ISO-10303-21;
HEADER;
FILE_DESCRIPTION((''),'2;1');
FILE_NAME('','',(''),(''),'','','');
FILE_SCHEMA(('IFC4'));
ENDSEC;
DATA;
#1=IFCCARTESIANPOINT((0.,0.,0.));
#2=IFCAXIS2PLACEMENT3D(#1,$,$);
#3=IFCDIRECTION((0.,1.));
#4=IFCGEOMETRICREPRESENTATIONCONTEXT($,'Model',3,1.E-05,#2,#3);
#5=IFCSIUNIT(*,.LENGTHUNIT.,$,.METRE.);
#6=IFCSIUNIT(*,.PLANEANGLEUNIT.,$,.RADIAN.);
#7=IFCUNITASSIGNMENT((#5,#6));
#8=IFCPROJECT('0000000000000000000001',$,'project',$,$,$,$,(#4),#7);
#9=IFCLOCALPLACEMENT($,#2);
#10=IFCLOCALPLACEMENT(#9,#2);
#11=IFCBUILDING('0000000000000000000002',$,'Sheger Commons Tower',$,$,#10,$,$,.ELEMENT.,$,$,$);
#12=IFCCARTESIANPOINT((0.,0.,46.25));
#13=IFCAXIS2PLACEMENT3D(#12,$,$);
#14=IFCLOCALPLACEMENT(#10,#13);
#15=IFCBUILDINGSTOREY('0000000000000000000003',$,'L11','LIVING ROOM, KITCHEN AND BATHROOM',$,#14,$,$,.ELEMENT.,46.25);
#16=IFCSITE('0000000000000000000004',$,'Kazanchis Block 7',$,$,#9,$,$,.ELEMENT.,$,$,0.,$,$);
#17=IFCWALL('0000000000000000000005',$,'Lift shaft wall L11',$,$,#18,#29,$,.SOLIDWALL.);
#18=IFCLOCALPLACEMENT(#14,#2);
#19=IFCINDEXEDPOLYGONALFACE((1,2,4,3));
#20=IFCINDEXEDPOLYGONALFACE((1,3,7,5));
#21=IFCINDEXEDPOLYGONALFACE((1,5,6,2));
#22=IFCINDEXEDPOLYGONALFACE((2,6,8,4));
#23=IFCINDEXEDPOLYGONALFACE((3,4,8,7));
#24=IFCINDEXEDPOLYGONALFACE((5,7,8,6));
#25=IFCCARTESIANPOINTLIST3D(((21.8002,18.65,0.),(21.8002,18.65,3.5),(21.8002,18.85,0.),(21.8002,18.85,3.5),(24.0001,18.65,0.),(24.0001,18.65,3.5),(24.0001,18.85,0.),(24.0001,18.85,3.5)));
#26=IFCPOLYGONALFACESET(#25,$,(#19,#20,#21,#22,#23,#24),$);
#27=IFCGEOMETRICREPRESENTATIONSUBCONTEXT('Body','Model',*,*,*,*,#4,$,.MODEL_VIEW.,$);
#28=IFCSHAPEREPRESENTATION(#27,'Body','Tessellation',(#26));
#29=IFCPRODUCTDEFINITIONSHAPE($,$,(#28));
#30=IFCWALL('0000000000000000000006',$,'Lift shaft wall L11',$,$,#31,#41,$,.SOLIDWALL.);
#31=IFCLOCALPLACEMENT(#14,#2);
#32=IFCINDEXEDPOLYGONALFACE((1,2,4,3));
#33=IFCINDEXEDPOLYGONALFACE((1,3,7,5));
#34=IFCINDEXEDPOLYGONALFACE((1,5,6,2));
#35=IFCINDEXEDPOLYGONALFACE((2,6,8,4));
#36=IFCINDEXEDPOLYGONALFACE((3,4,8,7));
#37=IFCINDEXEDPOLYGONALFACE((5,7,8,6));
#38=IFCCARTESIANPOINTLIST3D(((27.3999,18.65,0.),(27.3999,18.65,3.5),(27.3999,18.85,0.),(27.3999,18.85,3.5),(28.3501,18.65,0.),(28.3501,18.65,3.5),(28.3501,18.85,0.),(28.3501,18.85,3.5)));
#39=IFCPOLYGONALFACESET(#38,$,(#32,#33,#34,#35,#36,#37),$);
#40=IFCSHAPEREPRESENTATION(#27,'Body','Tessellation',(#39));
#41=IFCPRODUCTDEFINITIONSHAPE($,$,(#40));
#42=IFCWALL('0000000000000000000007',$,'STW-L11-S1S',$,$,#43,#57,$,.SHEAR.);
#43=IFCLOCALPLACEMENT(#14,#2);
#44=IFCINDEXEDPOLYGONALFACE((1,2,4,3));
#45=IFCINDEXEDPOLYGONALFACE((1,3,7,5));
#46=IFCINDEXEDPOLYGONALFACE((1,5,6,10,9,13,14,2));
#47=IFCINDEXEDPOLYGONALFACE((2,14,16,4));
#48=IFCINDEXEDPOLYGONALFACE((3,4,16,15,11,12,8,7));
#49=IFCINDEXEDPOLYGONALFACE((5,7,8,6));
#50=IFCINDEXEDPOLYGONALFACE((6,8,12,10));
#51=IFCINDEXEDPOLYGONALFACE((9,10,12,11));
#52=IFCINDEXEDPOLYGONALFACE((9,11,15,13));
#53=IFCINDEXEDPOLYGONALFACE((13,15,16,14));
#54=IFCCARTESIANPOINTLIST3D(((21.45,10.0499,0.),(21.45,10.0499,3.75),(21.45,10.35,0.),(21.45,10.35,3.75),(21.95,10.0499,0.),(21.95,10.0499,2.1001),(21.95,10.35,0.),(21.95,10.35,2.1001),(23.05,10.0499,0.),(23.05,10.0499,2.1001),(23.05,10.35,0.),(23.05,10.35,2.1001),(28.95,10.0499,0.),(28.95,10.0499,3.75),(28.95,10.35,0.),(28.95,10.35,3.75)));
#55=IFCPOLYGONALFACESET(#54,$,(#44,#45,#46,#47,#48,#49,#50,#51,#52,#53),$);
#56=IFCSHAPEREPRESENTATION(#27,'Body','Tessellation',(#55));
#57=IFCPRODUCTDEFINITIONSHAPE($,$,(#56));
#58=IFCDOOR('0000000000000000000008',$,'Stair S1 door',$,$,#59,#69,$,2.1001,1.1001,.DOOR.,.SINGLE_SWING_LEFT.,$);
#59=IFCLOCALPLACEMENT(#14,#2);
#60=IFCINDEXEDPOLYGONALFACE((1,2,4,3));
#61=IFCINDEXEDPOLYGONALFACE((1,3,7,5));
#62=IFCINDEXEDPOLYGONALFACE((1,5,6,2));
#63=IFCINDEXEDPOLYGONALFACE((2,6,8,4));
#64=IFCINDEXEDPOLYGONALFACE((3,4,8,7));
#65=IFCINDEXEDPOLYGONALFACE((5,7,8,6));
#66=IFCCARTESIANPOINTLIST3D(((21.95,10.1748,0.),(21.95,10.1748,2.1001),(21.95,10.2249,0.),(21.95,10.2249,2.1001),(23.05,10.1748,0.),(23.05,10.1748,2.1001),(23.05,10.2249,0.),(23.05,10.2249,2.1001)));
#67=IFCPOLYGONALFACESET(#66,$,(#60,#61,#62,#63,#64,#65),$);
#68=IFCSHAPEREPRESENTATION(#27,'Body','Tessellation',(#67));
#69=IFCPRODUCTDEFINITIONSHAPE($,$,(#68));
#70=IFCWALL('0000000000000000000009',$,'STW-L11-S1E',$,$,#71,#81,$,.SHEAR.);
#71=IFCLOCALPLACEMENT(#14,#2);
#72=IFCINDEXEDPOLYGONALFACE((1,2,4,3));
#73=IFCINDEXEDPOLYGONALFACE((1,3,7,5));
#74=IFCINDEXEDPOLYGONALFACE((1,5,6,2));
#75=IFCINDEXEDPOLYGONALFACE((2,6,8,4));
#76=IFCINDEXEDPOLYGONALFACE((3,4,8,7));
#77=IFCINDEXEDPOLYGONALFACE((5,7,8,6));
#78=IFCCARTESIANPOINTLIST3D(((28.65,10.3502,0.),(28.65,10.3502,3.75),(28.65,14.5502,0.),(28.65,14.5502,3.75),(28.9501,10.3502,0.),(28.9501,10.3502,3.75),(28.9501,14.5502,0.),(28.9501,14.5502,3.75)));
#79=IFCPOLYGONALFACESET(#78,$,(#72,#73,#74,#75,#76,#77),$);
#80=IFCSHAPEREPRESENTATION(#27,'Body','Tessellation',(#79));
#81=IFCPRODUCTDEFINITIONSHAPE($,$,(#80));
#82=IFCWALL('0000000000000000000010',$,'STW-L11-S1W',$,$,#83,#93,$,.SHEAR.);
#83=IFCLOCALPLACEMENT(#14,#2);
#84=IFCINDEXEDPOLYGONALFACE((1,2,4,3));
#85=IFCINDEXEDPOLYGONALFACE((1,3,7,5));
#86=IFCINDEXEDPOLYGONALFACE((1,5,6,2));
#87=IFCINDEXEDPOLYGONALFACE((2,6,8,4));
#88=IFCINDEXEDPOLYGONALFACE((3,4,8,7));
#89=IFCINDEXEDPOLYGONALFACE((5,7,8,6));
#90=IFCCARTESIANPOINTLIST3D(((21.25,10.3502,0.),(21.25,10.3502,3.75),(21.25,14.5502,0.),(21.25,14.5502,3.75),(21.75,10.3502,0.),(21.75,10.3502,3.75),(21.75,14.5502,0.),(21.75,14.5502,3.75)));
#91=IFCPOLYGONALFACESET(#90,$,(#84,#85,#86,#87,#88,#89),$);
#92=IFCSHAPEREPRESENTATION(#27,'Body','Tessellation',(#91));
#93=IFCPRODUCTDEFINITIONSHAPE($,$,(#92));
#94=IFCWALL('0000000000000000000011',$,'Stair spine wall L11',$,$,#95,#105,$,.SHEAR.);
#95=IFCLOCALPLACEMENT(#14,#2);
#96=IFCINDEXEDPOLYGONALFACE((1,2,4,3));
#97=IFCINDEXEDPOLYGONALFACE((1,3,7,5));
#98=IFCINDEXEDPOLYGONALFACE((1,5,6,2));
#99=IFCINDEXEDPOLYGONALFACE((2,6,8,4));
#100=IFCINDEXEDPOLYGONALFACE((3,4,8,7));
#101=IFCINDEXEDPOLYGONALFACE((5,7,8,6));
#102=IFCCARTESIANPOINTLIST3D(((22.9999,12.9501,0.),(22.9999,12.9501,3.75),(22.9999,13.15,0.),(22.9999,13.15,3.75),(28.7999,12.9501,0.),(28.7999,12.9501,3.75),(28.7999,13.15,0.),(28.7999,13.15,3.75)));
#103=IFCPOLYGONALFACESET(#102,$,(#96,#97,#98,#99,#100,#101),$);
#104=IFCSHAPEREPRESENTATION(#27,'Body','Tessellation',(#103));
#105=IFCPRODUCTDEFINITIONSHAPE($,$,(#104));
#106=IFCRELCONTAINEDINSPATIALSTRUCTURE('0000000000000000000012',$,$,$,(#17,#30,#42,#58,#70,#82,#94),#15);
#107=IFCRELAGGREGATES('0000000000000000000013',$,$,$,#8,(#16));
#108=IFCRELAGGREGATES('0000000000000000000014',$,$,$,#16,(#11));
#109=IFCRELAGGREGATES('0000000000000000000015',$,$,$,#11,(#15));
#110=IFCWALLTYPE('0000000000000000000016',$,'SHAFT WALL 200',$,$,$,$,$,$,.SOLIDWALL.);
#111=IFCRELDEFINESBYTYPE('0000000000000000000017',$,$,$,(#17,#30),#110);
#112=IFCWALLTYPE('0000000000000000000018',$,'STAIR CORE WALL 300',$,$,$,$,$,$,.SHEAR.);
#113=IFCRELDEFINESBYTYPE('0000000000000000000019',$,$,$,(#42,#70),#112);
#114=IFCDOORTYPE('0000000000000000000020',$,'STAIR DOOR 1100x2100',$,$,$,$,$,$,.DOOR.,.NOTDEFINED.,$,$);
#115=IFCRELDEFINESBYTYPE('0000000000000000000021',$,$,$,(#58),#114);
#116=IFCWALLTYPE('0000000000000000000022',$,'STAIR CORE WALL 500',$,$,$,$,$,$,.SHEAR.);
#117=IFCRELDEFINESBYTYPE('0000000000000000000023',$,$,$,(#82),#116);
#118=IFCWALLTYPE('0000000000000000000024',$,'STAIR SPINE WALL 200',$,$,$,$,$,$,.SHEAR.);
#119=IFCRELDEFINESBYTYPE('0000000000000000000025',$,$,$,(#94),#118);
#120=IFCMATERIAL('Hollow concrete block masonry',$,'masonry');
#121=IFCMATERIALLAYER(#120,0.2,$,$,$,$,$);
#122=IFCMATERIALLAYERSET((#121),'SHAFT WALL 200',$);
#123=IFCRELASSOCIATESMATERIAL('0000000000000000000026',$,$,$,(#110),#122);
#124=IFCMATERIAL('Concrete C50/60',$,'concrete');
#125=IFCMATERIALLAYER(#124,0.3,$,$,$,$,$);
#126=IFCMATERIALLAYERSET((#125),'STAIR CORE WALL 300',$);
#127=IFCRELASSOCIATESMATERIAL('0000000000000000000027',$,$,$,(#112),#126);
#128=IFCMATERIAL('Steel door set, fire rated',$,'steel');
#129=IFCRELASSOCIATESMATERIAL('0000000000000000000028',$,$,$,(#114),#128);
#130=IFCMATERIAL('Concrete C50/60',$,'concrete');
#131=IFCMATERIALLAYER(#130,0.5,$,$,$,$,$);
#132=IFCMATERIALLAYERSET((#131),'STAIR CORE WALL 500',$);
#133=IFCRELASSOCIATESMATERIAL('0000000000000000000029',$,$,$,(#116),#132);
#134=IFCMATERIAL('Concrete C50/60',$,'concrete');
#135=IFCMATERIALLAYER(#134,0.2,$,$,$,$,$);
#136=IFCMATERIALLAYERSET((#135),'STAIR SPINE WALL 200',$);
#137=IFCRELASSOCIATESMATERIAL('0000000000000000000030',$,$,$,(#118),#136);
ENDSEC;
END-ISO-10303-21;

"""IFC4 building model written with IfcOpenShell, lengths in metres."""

from ifc_helpers import new_model, si_unit, direction, frame, frame_2d, origin, place, context, subcontext, project, spatial, rectangle, extrude, material, layer, layer_set, type_object, element, fill, save


model = new_model("IFC4")

# Units and contexts
model_context = context("Model", 3, precision=1e-05, world=origin(), true_north=direction((0.0, 1.0)))
body_context = subcontext(model_context, "Body", "Model", "MODEL_VIEW")
ifc_project = project(units=[si_unit("LENGTHUNIT", "METRE"), si_unit("PLANEANGLEUNIT", "RADIAN")], contexts=[model_context])

# Site, building, storey
site_placement = place(None, origin())
site = spatial("IfcSite", under=ifc_project, at=site_placement, Name="Kazanchis Block 7", CompositionType="ELEMENT", RefElevation=0.0)
building_placement = place(site_placement, origin())
building = spatial("IfcBuilding", under=site, at=building_placement, Name="Sheger Commons Tower", CompositionType="ELEMENT")
storey_placement = place(building_placement, frame((0.0, 0.0, 46.25)))
storey = spatial("IfcBuildingStorey", under=building, at=storey_placement, Name="L11", Description="LIVING ROOM, KITCHEN AND BATHROOM", CompositionType="ELEMENT", Elevation=46.25)

# Walls
ifc_material_1 = material(Name="Hollow concrete block masonry", Category="masonry")
ifc_layer_1 = layer(ifc_material_1, 0.2)
ifc_layer_set_1 = layer_set([ifc_layer_1], Name="SHAFT WALL 200")
wall_type_1 = type_object("IfcWallType", Name="SHAFT WALL 200", PredefinedType="SOLIDWALL", material=ifc_layer_set_1)
wall_1_placement = place(storey_placement, frame((21.8, 18.75, 0.0), z_axis=(0.0, 0.0, 1.0), x_axis=(1.0, 0.0, 0.0)))
element("IfcWall", 1, at=wall_1_placement, inside=storey, type_object=wall_type_1, Name="Lift shaft wall L11", PredefinedType="SOLIDWALL", context=body_context, shape_type="SweptSolid", body=[
    extrude(rectangle(XDim=2.2, YDim=0.2, at=frame_2d((1.1001, 0.0))), origin(), (0.0, 0.0, 1.0), 3.5),
])
wall_2_placement = place(storey_placement, frame((27.3999, 18.75, 0.0), z_axis=(0.0, 0.0, 1.0), x_axis=(1.0, 0.0, 0.0)))
element("IfcWall", 2, at=wall_2_placement, inside=storey, type_object=wall_type_1, Name="Lift shaft wall L11", PredefinedType="SOLIDWALL", context=body_context, shape_type="SweptSolid", body=[
    extrude(rectangle(XDim=0.9502, YDim=0.2, at=frame_2d((0.4751, 0.0))), origin(), (0.0, 0.0, 1.0), 3.5),
])

# Wall, opening, door
ifc_material_2 = material(Name="Concrete C50/60", Category="concrete")
ifc_layer_2 = layer(ifc_material_2, 0.3)
ifc_layer_set_2 = layer_set([ifc_layer_2], Name="STAIR CORE WALL 300")
wall_type_2 = type_object("IfcWallType", Name="STAIR CORE WALL 300", PredefinedType="SHEAR", material=ifc_layer_set_2)
wall_3_placement = place(storey_placement, frame((21.45, 10.2, 0.0), z_axis=(0.0, 0.0, 1.0), x_axis=(1.0, 0.0, 0.0)))
wall_3 = element("IfcWall", 3, at=wall_3_placement, inside=storey, type_object=wall_type_2, Name="STW-L11-S1S", PredefinedType="SHEAR", context=body_context, shape_type="SweptSolid", body=[
    extrude(rectangle(XDim=7.5, YDim=0.3, at=frame_2d((3.75, 0.0))), origin(), (0.0, 0.0, 1.0), 3.75),
])
opening_1_placement = place(wall_3_placement, frame((0.5, 0.0, 0.0)))
opening_1 = element("IfcOpeningElement", 4, at=opening_1_placement, cuts=wall_3, PredefinedType="OPENING", context=body_context, shape_type="SweptSolid", body=[
    extrude(rectangle(XDim=1.1001, YDim=2.1001, at=frame_2d((0.55, 1.05))), frame((0.0, 0.1599, 0.0), z_axis=(0.0, -1.0, 0.0), x_axis=(1.0, 0.0, 0.0)), (0.0, 0.0, 1.0), 0.3201),
])
ifc_material_3 = material(Name="Steel door set, fire rated", Category="steel")
door_type_1 = type_object("IfcDoorType", Name="STAIR DOOR 1100x2100", OperationType="NOTDEFINED", PredefinedType="DOOR", material=ifc_material_3)
door_1_placement = place(opening_1_placement, origin())
door_1 = element("IfcDoor", 5, at=door_1_placement, inside=storey, type_object=door_type_1, Name="Stair S1 door", OperationType="SINGLE_SWING_LEFT", OverallHeight=2.1001, OverallWidth=1.1001, PredefinedType="DOOR", context=body_context, shape_type="SweptSolid", body=[
    extrude(rectangle(XDim=1.1001, YDim=2.1001, at=frame_2d((0.55, 1.05))), frame((0.0, 0.0249, 0.0), z_axis=(0.0, -1.0, 0.0), x_axis=(1.0, 0.0, 0.0)), (0.0, 0.0, 1.0), 0.05),
])
fill(opening_1, door_1)

# Walls
wall_4_placement = place(storey_placement, frame((28.8, 10.3501, 0.0), z_axis=(0.0, 0.0, 1.0), x_axis=(0.0, 1.0, 0.0)))
element("IfcWall", 6, at=wall_4_placement, inside=storey, type_object=wall_type_2, Name="STW-L11-S1E", PredefinedType="SHEAR", context=body_context, shape_type="SweptSolid", body=[
    extrude(rectangle(XDim=4.2, YDim=0.3, at=frame_2d((2.1001, 0.0))), origin(), (0.0, 0.0, 1.0), 3.75),
])
ifc_material_4 = material(Name="Concrete C50/60", Category="concrete")
ifc_layer_3 = layer(ifc_material_4, 0.5)
ifc_layer_set_3 = layer_set([ifc_layer_3], Name="STAIR CORE WALL 500")
wall_type_3 = type_object("IfcWallType", Name="STAIR CORE WALL 500", PredefinedType="SHEAR", material=ifc_layer_set_3)
wall_5_placement = place(storey_placement, frame((21.5, 10.3501, 0.0), z_axis=(0.0, 0.0, 1.0), x_axis=(0.0, 1.0, 0.0)))
element("IfcWall", 7, at=wall_5_placement, inside=storey, type_object=wall_type_3, Name="STW-L11-S1W", PredefinedType="SHEAR", context=body_context, shape_type="SweptSolid", body=[
    extrude(rectangle(XDim=4.2, YDim=0.5, at=frame_2d((2.1001, 0.0))), origin(), (0.0, 0.0, 1.0), 3.75),
])
ifc_material_5 = material(Name="Concrete C50/60", Category="concrete")
ifc_layer_4 = layer(ifc_material_5, 0.2)
ifc_layer_set_4 = layer_set([ifc_layer_4], Name="STAIR SPINE WALL 200")
wall_type_4 = type_object("IfcWallType", Name="STAIR SPINE WALL 200", PredefinedType="SHEAR", material=ifc_layer_set_4)
wall_6_placement = place(storey_placement, frame((23.0, 13.05, 0.0), z_axis=(0.0, 0.0, 1.0), x_axis=(1.0, 0.0, 0.0)))
element("IfcWall", 8, at=wall_6_placement, inside=storey, type_object=wall_type_4, Name="Stair spine wall L11", PredefinedType="SHEAR", context=body_context, shape_type="SweptSolid", body=[
    extrude(rectangle(XDim=5.8, YDim=0.2, at=frame_2d((2.8999, 0.0))), origin(), (0.0, 0.0, 1.0), 3.75),
])

save(model, "model.ifc")
